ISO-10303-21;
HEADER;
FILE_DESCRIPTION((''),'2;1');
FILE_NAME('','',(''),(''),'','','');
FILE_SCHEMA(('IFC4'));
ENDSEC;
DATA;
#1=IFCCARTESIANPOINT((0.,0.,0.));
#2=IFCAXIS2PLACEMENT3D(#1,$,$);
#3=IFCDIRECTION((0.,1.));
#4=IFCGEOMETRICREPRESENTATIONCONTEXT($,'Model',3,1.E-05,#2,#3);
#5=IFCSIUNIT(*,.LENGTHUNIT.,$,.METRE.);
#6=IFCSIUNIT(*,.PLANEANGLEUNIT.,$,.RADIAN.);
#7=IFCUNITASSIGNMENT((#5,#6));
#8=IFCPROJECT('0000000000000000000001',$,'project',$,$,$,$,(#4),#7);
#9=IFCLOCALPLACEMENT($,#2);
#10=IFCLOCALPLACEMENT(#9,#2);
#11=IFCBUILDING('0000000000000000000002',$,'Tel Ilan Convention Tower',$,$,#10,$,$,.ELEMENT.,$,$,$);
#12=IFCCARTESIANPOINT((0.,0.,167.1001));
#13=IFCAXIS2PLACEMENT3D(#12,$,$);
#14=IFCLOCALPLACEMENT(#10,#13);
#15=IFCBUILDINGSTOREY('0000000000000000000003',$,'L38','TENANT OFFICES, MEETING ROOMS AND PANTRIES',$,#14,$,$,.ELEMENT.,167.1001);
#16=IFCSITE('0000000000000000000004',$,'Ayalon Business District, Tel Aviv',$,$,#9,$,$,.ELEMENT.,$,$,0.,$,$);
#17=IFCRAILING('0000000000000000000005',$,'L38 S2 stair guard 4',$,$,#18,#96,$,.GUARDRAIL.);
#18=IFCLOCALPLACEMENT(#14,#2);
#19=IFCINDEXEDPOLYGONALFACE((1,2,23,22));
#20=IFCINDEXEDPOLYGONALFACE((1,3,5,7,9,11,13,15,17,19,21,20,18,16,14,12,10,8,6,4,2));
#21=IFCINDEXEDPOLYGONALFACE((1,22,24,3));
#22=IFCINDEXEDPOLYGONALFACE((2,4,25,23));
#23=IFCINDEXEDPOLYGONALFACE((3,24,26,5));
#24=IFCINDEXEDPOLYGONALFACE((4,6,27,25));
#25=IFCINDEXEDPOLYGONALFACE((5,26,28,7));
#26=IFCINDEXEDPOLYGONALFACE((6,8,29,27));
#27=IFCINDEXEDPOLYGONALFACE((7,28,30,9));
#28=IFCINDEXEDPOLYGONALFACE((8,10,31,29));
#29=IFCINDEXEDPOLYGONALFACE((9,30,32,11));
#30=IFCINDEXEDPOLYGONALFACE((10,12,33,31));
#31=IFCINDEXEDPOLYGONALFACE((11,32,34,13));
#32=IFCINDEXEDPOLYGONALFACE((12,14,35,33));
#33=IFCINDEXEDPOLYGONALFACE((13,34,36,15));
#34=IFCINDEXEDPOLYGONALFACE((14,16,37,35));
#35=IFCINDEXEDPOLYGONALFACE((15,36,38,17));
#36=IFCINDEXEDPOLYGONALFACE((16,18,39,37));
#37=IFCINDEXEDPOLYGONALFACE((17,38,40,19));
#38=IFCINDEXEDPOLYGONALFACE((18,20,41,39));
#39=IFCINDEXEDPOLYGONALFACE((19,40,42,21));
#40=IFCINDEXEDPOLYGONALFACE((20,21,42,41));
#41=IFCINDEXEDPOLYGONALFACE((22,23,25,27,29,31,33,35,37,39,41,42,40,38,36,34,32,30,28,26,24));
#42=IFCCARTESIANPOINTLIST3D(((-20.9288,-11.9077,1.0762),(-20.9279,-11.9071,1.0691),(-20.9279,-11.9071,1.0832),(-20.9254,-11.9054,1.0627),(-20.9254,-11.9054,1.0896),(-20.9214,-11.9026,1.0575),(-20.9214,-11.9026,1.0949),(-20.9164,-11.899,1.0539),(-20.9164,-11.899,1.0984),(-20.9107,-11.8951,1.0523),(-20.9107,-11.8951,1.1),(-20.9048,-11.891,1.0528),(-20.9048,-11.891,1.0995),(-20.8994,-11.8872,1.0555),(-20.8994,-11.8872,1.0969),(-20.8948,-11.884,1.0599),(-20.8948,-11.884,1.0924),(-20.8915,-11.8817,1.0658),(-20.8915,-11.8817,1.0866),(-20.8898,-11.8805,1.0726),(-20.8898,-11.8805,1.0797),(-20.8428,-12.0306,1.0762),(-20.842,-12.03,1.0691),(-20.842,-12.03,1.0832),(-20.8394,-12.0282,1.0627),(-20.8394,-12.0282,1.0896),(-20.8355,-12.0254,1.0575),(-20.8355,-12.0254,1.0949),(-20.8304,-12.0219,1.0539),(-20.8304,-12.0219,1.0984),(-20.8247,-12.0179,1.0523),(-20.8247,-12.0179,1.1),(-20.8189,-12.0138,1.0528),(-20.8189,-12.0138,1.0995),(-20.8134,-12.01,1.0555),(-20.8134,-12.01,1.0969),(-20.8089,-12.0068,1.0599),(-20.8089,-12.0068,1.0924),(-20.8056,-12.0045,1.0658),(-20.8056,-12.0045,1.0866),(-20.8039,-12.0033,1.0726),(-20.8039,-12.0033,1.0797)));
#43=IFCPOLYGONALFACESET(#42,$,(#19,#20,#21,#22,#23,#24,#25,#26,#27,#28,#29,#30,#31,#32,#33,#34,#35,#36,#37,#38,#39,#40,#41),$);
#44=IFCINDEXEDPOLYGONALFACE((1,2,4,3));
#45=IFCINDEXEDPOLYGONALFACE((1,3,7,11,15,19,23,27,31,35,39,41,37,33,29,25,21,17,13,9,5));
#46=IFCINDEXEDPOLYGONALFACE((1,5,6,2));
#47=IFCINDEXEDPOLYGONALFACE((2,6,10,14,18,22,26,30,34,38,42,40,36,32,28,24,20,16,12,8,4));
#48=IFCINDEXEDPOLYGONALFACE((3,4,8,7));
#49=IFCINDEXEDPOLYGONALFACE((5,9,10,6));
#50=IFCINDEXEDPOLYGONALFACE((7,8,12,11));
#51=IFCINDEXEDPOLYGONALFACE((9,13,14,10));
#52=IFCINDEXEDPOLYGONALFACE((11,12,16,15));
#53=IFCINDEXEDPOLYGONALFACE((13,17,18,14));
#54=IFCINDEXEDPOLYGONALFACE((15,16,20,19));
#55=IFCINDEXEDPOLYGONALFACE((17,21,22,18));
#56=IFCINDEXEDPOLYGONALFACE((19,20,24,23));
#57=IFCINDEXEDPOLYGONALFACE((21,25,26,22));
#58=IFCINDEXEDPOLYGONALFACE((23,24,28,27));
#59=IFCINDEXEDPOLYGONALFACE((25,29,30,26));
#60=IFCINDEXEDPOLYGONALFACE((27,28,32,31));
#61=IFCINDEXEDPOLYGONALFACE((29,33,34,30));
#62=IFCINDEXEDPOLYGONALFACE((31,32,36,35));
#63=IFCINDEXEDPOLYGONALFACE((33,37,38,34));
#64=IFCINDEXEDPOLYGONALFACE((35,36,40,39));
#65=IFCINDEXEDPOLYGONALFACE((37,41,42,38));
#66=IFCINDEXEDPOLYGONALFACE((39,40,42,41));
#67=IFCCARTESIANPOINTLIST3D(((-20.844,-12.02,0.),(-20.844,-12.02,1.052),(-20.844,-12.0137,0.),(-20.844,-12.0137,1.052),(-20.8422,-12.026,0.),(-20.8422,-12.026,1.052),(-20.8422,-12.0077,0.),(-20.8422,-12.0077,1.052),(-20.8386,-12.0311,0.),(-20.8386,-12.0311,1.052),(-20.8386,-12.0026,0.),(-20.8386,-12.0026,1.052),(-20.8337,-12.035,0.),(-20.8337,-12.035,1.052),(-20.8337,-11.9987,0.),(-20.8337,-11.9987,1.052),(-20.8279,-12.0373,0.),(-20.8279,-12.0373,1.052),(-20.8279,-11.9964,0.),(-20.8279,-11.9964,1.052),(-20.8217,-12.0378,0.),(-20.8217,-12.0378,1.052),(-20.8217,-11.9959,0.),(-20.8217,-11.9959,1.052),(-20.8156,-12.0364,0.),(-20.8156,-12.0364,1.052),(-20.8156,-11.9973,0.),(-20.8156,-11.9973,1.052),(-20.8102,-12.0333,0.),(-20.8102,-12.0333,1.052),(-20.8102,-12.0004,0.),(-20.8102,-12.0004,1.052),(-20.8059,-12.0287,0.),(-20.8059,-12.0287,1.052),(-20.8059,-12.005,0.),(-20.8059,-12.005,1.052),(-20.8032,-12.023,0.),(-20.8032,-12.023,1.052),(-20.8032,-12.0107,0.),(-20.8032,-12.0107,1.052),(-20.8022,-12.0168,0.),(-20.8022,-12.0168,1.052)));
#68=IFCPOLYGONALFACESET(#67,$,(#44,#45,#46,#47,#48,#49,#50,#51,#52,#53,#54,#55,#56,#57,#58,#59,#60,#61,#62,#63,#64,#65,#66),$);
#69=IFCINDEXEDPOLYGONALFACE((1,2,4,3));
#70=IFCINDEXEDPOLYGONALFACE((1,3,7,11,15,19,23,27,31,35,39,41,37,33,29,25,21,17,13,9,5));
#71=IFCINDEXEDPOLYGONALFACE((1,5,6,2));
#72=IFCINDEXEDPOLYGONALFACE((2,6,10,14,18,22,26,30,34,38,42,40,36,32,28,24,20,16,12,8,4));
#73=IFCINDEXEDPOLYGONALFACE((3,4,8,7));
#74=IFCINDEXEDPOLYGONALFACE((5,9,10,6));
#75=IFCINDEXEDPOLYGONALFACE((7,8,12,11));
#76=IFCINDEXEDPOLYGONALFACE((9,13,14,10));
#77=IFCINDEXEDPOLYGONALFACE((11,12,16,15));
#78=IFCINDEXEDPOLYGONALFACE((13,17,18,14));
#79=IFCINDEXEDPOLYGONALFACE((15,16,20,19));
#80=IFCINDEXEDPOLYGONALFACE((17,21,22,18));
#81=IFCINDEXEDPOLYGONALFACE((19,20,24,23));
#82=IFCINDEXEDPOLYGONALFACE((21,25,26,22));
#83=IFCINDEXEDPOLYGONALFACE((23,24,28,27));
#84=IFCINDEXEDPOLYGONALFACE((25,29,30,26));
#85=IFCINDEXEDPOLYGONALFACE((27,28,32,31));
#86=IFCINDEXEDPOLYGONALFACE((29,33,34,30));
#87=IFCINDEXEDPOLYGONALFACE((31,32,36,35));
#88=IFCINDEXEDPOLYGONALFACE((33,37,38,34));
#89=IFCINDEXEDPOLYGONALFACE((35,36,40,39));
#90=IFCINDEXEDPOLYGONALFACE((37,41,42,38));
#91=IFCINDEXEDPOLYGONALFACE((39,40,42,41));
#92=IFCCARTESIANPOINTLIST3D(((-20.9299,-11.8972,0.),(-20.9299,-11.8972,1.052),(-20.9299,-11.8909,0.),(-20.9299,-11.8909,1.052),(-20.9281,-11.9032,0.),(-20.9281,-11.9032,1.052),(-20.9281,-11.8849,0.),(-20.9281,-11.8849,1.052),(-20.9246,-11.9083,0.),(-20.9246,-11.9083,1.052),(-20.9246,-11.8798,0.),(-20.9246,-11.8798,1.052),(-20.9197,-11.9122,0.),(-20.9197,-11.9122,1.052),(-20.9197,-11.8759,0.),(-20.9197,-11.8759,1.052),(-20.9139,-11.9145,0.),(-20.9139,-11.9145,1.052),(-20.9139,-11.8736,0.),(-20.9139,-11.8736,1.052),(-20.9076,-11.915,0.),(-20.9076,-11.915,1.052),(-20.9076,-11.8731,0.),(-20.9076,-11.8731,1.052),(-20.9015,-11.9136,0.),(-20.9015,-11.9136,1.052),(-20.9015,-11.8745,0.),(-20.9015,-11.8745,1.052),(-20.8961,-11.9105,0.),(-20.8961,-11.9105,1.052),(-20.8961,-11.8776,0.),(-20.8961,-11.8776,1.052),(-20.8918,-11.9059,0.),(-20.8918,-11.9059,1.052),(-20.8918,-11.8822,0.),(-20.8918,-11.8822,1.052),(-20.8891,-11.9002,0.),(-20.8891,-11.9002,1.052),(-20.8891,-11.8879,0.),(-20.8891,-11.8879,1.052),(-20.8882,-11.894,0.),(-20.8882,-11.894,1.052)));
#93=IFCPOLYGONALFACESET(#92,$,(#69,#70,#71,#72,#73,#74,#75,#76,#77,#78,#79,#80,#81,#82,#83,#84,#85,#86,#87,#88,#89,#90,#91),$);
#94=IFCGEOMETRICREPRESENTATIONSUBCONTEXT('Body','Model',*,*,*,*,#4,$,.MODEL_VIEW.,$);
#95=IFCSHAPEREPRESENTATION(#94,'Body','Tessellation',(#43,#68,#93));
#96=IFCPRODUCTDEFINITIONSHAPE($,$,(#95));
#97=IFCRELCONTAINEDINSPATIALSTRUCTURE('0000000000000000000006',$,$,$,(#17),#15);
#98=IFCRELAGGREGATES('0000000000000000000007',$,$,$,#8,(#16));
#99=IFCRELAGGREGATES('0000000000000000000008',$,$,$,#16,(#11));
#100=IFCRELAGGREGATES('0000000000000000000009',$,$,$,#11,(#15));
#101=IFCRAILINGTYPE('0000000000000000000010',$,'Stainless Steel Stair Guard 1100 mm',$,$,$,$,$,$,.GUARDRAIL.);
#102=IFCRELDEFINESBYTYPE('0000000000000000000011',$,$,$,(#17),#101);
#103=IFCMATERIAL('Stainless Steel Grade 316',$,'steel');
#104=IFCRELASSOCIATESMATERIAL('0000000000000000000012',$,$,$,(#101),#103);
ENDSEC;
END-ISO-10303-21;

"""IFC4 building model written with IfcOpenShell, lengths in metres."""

from ifc_helpers import new_model, si_unit, direction, frame, origin, origin_2d, place, context, subcontext, project, spatial, circle, extrude, material, type_object, element, save


model = new_model("IFC4")

# Units and contexts
model_context = context("Model", 3, precision=1e-05, world=origin(), true_north=direction((0.0, 1.0)))
body_context = subcontext(model_context, "Body", "Model", "MODEL_VIEW")
ifc_project = project(units=[si_unit("LENGTHUNIT", "METRE"), si_unit("PLANEANGLEUNIT", "RADIAN")], contexts=[model_context])

# Site, building, storey
site_placement = place(None, origin())
site = spatial("IfcSite", under=ifc_project, at=site_placement, Name="Ayalon Business District, Tel Aviv", CompositionType="ELEMENT", RefElevation=0.0)
building_placement = place(site_placement, origin())
building = spatial("IfcBuilding", under=site, at=building_placement, Name="Tel Ilan Convention Tower", CompositionType="ELEMENT")
storey_placement = place(building_placement, frame((0.0, 0.0, 167.1001)))
storey = spatial("IfcBuildingStorey", under=building, at=storey_placement, Name="L38", Description="TENANT OFFICES, MEETING ROOMS AND PANTRIES", CompositionType="ELEMENT", Elevation=167.1001)

# Railing
ifc_material_1 = material(Name="Stainless Steel Grade 316", Category="steel")
railing_type_1 = type_object("IfcRailingType", Name="Stainless Steel Stair Guard 1100 mm", PredefinedType="GUARDRAIL", material=ifc_material_1)
railing_1_placement = place(storey_placement, frame((-20.8232, -12.0168, 0.0)))
element("IfcRailing", 1, at=railing_1_placement, inside=storey, type_object=railing_type_1, Name="L38 S2 stair guard 4", PredefinedType="GUARDRAIL", context=body_context, shape_type="SweptSolid", body=[
    extrude(circle(Radius=0.0239, at=origin_2d()), frame((0.0, 0.0, 1.0762), z_axis=(-0.573353, 0.819308, 0.0), x_axis=(-0.819308, -0.573353, 0.0)), (0.0, 0.0, 1.0), 0.1499),
    extrude(circle(Radius=0.021, at=origin_2d()), origin(), (0.0, 0.0, 1.0), 1.052),
    extrude(circle(Radius=0.021, at=origin_2d()), frame((-0.0859, 0.1228, 0.0)), (0.0, 0.0, 1.0), 1.052),
])

save(model, "model.ifc")
